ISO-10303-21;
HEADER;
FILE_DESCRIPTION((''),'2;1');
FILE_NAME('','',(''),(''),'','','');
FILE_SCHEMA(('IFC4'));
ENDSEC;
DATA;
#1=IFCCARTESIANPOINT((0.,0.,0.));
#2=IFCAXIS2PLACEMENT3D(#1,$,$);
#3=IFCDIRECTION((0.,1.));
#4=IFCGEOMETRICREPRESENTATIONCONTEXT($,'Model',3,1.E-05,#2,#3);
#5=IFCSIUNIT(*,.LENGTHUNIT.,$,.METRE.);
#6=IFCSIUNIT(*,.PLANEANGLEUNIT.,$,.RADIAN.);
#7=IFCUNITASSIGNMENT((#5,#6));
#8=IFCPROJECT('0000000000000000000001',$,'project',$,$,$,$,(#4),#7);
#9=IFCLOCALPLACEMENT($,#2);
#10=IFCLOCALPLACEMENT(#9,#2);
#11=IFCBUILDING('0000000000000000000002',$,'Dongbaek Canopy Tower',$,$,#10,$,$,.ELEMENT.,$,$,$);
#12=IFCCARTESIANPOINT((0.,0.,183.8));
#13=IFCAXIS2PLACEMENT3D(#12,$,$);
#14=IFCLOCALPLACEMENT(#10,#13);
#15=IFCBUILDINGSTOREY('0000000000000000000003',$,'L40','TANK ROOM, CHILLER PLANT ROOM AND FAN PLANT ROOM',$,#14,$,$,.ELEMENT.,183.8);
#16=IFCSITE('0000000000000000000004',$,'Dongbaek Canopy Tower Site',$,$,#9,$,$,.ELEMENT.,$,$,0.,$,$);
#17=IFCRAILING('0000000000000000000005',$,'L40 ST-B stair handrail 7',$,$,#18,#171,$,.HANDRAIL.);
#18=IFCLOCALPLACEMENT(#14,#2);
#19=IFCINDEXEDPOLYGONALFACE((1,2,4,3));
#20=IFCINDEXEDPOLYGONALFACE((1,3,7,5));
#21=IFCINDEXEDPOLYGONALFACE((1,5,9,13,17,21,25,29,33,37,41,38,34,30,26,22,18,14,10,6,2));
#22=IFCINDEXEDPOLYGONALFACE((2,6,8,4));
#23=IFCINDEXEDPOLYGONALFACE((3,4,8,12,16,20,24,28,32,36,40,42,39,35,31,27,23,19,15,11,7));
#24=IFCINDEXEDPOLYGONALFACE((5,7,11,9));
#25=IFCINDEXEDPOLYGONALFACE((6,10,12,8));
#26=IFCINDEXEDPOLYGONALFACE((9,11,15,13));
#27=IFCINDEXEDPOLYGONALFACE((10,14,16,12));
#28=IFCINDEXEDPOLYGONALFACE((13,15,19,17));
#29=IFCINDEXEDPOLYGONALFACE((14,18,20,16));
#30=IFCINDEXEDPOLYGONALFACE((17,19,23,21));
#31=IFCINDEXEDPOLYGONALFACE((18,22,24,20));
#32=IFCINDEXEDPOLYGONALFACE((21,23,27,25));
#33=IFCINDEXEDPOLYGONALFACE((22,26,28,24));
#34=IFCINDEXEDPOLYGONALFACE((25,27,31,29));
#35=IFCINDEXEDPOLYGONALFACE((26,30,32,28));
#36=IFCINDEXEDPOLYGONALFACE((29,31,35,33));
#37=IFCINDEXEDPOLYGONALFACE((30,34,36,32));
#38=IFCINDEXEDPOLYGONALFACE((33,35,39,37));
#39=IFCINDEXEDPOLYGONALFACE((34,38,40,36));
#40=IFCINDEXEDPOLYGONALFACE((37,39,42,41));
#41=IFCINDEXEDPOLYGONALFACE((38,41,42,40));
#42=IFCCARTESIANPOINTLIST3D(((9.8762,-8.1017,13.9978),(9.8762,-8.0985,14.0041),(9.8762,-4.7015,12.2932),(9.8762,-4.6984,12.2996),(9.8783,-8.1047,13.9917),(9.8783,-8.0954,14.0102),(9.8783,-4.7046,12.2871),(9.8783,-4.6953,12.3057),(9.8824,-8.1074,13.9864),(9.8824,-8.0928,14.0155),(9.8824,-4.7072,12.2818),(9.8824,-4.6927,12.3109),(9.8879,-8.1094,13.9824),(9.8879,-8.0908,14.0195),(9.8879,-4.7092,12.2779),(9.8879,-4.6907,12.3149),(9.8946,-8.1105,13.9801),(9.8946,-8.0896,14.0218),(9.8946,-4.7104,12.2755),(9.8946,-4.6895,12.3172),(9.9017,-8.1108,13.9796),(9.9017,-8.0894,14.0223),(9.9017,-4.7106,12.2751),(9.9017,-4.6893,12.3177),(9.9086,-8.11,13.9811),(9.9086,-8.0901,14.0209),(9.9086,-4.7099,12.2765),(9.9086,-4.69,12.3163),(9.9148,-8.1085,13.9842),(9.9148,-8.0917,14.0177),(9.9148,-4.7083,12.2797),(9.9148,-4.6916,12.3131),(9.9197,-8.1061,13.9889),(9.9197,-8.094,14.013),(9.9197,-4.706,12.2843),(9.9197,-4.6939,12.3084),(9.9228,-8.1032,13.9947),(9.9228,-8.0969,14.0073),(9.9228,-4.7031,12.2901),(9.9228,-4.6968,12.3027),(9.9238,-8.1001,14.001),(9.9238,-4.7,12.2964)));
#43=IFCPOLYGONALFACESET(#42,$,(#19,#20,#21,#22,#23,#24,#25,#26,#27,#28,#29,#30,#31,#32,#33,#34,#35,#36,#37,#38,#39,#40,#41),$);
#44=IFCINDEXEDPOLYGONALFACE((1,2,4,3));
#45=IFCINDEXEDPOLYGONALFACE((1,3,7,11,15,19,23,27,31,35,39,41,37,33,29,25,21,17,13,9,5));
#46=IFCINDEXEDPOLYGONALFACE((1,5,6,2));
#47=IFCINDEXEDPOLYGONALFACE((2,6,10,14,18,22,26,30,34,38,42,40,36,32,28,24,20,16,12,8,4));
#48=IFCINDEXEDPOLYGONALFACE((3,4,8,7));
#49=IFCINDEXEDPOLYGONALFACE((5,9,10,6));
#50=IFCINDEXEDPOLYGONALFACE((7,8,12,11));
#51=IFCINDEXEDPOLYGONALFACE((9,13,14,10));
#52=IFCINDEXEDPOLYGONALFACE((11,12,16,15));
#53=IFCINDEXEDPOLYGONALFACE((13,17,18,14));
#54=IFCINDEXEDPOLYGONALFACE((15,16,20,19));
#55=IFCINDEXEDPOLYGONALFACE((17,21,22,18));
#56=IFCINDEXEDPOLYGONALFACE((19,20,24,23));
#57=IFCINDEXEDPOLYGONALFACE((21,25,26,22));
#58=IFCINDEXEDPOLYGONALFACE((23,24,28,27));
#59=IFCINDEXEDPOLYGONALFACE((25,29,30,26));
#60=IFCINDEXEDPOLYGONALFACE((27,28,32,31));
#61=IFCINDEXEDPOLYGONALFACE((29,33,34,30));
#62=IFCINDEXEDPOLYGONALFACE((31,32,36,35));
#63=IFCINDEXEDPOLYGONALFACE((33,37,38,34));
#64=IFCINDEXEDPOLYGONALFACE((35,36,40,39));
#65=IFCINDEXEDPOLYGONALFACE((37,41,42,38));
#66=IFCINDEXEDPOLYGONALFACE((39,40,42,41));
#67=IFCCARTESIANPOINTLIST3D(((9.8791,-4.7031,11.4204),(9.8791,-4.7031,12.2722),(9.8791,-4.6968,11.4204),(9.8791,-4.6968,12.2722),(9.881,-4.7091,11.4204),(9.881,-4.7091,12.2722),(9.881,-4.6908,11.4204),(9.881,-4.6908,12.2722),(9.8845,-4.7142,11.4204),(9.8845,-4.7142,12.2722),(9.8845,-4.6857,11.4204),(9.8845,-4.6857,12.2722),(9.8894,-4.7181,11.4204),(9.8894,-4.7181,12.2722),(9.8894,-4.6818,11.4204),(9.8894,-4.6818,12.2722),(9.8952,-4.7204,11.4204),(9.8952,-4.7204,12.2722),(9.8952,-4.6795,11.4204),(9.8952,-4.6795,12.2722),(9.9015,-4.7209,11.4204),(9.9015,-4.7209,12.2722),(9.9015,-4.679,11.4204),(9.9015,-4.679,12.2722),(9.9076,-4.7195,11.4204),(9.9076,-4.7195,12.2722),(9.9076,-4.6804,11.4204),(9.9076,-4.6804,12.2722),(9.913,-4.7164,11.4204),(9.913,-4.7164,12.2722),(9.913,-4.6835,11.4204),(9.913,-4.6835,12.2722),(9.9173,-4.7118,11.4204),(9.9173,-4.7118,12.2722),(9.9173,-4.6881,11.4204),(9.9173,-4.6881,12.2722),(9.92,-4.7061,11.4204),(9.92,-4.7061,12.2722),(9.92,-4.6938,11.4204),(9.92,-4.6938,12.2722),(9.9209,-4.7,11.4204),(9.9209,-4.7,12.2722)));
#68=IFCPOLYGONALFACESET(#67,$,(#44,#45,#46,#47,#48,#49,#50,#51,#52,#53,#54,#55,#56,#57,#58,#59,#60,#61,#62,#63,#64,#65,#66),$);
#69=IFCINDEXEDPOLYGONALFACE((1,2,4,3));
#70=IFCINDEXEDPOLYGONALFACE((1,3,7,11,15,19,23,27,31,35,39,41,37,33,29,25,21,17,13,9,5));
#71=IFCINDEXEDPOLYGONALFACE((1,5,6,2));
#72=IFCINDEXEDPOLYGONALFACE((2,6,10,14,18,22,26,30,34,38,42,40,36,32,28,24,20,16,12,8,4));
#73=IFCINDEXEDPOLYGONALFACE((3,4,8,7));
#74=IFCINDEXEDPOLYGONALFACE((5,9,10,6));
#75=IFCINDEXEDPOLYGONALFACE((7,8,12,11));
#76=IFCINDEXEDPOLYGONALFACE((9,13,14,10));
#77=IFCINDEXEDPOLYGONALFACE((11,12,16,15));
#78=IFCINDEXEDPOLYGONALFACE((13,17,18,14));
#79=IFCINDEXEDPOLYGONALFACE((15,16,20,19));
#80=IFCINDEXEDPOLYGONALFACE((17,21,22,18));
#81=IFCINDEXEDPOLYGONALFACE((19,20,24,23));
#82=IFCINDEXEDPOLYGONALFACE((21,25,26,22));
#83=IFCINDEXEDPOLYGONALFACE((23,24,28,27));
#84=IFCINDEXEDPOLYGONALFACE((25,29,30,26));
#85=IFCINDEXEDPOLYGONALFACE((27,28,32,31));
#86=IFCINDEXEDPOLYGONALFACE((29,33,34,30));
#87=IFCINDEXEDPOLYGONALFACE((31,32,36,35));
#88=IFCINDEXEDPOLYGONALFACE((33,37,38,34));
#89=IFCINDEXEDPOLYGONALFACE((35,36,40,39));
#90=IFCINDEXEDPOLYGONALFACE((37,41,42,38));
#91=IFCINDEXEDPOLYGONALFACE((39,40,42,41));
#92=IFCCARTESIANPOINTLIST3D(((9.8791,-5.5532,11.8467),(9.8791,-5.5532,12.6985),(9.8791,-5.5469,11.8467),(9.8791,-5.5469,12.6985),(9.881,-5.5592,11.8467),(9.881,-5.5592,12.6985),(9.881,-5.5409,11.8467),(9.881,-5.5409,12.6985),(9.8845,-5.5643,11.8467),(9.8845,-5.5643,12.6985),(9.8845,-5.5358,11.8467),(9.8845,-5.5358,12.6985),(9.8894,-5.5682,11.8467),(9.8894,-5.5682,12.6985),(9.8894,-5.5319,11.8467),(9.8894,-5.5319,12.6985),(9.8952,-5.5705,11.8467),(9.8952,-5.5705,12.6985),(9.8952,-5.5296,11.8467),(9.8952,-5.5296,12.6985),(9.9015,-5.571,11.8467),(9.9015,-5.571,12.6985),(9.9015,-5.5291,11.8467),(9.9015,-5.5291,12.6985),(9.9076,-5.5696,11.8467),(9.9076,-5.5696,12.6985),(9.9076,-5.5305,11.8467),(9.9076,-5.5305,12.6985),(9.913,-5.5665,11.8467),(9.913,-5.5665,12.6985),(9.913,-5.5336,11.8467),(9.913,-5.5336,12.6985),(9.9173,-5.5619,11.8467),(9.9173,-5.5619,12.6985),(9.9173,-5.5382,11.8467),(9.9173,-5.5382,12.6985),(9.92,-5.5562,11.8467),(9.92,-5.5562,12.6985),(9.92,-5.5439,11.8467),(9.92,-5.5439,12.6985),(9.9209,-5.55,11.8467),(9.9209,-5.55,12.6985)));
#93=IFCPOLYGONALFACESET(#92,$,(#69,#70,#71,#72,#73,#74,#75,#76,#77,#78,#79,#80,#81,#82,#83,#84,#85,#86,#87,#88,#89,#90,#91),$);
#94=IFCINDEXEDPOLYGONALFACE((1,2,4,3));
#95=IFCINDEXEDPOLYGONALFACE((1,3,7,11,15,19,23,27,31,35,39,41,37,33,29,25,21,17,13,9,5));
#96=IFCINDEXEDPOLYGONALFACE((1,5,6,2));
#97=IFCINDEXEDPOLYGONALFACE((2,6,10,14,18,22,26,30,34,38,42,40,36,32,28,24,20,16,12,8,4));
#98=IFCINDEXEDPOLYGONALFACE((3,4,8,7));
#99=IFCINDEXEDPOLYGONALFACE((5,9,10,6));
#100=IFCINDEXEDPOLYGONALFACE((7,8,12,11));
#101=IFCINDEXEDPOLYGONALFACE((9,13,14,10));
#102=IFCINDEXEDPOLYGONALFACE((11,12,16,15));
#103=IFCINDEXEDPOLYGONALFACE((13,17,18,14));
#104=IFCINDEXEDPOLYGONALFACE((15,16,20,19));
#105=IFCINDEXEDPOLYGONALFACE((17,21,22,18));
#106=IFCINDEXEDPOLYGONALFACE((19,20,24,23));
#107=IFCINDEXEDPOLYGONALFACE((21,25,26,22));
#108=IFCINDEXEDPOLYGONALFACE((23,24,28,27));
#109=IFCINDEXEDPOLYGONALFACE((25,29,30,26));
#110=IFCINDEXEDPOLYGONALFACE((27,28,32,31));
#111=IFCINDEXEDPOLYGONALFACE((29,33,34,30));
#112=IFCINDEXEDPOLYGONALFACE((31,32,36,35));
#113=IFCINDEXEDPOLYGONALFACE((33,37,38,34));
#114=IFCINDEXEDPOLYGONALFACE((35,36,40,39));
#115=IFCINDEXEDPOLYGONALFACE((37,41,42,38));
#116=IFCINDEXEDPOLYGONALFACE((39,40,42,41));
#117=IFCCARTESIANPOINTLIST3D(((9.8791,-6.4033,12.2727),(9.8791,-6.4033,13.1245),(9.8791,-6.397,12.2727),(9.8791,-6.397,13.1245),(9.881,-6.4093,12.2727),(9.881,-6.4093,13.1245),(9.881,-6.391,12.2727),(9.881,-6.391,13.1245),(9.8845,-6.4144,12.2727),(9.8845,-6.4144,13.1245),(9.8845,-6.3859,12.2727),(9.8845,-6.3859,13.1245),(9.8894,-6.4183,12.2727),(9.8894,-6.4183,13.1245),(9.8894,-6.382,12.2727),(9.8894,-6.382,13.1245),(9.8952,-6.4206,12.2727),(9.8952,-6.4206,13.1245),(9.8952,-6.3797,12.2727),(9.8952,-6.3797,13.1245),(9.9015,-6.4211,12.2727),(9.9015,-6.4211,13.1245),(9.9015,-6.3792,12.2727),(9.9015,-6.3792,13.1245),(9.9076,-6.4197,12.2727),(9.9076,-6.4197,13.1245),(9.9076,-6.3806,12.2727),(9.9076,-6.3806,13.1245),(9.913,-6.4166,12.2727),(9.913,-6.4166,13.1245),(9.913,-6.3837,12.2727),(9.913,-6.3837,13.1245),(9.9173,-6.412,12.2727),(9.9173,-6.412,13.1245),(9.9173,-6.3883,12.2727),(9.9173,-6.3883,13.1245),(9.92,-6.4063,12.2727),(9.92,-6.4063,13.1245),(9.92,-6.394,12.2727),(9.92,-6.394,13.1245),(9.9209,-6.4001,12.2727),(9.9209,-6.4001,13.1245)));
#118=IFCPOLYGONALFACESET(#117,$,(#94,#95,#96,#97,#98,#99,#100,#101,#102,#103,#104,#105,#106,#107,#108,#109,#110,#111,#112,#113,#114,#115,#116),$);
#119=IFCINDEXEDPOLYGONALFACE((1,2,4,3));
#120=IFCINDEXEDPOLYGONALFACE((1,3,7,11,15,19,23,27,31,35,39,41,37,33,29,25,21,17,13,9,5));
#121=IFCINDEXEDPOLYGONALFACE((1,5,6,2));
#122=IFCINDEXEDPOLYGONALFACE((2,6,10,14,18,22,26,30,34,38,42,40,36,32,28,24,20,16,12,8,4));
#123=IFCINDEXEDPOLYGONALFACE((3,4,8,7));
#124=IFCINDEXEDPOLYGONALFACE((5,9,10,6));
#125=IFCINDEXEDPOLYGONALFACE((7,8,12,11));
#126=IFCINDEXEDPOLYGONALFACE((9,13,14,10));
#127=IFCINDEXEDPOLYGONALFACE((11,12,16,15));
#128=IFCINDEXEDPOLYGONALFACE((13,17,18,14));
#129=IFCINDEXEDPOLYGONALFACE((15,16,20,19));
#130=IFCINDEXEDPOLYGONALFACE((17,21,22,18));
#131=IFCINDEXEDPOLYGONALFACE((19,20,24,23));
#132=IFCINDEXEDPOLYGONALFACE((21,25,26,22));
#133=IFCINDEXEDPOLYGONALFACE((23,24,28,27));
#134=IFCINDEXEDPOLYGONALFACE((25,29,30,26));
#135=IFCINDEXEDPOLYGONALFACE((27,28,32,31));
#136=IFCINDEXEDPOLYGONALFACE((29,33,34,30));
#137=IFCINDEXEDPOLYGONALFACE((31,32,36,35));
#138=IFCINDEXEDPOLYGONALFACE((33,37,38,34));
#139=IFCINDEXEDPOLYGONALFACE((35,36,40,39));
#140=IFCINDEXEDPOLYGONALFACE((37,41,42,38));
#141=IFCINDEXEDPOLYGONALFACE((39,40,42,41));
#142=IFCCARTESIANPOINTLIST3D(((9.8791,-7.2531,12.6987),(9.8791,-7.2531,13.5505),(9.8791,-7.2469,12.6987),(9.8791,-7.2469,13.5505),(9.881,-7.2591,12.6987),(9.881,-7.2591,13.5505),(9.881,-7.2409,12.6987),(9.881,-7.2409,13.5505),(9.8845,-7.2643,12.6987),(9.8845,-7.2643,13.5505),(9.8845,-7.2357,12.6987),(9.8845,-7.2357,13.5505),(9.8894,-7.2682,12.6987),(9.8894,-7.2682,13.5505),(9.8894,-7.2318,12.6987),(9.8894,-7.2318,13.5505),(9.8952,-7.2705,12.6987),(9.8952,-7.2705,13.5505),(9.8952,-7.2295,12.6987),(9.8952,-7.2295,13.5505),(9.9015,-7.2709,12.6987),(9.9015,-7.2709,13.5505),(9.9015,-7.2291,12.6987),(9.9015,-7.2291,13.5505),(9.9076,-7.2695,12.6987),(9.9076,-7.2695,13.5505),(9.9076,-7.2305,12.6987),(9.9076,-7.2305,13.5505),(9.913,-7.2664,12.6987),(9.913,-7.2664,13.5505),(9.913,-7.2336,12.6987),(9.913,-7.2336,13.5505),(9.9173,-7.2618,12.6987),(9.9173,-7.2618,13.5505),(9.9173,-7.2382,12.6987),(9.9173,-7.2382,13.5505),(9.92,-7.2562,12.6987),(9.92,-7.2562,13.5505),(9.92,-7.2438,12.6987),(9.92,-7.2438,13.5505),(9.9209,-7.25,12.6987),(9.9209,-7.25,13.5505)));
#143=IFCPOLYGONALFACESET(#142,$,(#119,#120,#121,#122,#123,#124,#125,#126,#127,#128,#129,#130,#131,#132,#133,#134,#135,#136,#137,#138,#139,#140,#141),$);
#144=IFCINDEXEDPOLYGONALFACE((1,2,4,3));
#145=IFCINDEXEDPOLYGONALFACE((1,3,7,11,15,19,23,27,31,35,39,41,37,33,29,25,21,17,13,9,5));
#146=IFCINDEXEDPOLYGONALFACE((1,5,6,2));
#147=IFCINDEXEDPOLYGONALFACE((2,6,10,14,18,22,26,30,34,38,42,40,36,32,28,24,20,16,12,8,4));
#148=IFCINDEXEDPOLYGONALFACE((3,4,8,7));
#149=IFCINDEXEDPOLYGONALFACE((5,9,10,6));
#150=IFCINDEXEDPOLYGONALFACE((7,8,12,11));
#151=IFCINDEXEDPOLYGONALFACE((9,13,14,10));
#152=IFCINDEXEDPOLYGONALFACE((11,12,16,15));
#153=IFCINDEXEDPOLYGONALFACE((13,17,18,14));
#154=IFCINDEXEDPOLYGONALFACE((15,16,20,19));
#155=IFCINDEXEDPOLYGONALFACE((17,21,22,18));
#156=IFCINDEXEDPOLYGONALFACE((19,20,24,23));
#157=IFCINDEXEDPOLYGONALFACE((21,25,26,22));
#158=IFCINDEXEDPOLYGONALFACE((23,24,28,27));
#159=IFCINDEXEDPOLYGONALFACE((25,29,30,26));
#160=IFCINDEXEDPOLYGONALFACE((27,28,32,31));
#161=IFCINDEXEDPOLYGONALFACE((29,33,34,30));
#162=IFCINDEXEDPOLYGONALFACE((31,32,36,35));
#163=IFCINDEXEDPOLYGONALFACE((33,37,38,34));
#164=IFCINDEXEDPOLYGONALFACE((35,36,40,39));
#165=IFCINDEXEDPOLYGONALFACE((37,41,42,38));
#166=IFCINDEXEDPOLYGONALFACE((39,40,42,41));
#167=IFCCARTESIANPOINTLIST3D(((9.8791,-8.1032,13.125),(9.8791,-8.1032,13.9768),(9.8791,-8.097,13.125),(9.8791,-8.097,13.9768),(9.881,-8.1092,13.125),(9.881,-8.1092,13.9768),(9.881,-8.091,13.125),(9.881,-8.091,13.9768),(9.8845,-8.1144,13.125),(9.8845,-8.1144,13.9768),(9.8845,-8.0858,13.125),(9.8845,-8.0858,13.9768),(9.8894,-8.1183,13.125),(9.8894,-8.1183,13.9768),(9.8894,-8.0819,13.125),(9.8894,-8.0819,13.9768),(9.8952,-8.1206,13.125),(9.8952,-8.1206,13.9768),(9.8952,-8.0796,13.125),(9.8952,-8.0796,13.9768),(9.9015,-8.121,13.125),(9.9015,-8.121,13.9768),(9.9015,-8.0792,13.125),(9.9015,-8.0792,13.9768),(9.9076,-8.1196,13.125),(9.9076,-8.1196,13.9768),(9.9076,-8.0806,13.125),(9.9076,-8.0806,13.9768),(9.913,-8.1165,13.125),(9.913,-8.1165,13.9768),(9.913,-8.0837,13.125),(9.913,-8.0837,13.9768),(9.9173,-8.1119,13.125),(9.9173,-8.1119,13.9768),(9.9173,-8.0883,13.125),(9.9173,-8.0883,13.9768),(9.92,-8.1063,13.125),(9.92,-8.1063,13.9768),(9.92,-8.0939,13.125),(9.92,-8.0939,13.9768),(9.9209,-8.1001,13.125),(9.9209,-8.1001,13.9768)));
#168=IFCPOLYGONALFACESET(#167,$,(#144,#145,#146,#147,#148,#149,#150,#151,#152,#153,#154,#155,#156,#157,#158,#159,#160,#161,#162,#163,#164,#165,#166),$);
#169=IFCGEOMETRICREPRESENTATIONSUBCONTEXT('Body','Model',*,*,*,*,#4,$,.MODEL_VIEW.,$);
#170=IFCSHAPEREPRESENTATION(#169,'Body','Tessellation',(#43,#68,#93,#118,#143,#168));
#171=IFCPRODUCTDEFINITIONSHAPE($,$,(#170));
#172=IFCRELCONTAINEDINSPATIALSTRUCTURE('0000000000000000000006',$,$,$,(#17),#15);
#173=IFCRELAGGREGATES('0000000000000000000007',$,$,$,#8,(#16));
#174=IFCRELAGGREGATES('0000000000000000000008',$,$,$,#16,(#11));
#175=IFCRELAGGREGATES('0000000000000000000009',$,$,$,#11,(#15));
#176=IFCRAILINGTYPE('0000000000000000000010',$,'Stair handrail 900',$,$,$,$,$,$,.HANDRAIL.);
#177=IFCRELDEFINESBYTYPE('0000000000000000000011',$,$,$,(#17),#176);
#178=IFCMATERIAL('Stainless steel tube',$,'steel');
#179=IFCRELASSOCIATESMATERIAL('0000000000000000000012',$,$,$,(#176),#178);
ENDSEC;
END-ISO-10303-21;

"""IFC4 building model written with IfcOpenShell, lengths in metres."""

from ifc_helpers import new_model, si_unit, direction, frame, origin, origin_2d, place, context, subcontext, project, spatial, circle, extrude, material, type_object, element, save


model = new_model("IFC4")

# Units and contexts
model_context = context("Model", 3, precision=1e-05, world=origin(), true_north=direction((0.0, 1.0)))
body_context = subcontext(model_context, "Body", "Model", "MODEL_VIEW")
ifc_project = project(units=[si_unit("LENGTHUNIT", "METRE"), si_unit("PLANEANGLEUNIT", "RADIAN")], contexts=[model_context])

# Site, building, storey
site_placement = place(None, origin())
site = spatial("IfcSite", under=ifc_project, at=site_placement, Name="Dongbaek Canopy Tower Site", CompositionType="ELEMENT", RefElevation=0.0)
building_placement = place(site_placement, origin())
building = spatial("IfcBuilding", under=site, at=building_placement, Name="Dongbaek Canopy Tower", CompositionType="ELEMENT")
storey_placement = place(building_placement, frame((0.0, 0.0, 183.8)))
storey = spatial("IfcBuildingStorey", under=building, at=storey_placement, Name="L40", Description="TANK ROOM, CHILLER PLANT ROOM AND FAN PLANT ROOM", CompositionType="ELEMENT", Elevation=183.8)

# Railing
ifc_material_1 = material(Name="Stainless steel tube", Category="steel")
railing_type_1 = type_object("IfcRailingType", Name="Stair handrail 900", PredefinedType="HANDRAIL", material=ifc_material_1)
for number, where, name in (
    (1, (9.8999, -4.7, 11.4204), "L40 ST-B stair handrail 7"),
):
    element("IfcRailing", number, at=place(storey_placement, frame(where)), inside=storey, type_object=railing_type_1, Name=name, PredefinedType="HANDRAIL", context=body_context, shape_type="SweptSolid", body=[
        extrude(circle(Radius=0.0239, at=origin_2d()), frame((0.0, 0.0, 0.876), z_axis=(0.0, -0.893952, 0.448163), x_axis=(1.0, 0.0, 0.0)), (0.0, 0.0, 1.0), 3.8035),
        extrude(circle(Radius=0.021, at=origin_2d()), origin(), (0.0, 0.0, 1.0), 0.8518),
        extrude(circle(Radius=0.021, at=origin_2d()), frame((0.0, -0.8501, 0.4263)), (0.0, 0.0, 1.0), 0.8518),
        extrude(circle(Radius=0.021, at=origin_2d()), frame((0.0, -1.7002, 0.8523)), (0.0, 0.0, 1.0), 0.8518),
        extrude(circle(Radius=0.021, at=origin_2d()), frame((0.0, -2.55, 1.2783)), (0.0, 0.0, 1.0), 0.8518),
        extrude(circle(Radius=0.021, at=origin_2d()), frame((0.0, -3.4001, 1.7046)), (0.0, 0.0, 1.0), 0.8518),
    ])

save(model, "model.ifc")
